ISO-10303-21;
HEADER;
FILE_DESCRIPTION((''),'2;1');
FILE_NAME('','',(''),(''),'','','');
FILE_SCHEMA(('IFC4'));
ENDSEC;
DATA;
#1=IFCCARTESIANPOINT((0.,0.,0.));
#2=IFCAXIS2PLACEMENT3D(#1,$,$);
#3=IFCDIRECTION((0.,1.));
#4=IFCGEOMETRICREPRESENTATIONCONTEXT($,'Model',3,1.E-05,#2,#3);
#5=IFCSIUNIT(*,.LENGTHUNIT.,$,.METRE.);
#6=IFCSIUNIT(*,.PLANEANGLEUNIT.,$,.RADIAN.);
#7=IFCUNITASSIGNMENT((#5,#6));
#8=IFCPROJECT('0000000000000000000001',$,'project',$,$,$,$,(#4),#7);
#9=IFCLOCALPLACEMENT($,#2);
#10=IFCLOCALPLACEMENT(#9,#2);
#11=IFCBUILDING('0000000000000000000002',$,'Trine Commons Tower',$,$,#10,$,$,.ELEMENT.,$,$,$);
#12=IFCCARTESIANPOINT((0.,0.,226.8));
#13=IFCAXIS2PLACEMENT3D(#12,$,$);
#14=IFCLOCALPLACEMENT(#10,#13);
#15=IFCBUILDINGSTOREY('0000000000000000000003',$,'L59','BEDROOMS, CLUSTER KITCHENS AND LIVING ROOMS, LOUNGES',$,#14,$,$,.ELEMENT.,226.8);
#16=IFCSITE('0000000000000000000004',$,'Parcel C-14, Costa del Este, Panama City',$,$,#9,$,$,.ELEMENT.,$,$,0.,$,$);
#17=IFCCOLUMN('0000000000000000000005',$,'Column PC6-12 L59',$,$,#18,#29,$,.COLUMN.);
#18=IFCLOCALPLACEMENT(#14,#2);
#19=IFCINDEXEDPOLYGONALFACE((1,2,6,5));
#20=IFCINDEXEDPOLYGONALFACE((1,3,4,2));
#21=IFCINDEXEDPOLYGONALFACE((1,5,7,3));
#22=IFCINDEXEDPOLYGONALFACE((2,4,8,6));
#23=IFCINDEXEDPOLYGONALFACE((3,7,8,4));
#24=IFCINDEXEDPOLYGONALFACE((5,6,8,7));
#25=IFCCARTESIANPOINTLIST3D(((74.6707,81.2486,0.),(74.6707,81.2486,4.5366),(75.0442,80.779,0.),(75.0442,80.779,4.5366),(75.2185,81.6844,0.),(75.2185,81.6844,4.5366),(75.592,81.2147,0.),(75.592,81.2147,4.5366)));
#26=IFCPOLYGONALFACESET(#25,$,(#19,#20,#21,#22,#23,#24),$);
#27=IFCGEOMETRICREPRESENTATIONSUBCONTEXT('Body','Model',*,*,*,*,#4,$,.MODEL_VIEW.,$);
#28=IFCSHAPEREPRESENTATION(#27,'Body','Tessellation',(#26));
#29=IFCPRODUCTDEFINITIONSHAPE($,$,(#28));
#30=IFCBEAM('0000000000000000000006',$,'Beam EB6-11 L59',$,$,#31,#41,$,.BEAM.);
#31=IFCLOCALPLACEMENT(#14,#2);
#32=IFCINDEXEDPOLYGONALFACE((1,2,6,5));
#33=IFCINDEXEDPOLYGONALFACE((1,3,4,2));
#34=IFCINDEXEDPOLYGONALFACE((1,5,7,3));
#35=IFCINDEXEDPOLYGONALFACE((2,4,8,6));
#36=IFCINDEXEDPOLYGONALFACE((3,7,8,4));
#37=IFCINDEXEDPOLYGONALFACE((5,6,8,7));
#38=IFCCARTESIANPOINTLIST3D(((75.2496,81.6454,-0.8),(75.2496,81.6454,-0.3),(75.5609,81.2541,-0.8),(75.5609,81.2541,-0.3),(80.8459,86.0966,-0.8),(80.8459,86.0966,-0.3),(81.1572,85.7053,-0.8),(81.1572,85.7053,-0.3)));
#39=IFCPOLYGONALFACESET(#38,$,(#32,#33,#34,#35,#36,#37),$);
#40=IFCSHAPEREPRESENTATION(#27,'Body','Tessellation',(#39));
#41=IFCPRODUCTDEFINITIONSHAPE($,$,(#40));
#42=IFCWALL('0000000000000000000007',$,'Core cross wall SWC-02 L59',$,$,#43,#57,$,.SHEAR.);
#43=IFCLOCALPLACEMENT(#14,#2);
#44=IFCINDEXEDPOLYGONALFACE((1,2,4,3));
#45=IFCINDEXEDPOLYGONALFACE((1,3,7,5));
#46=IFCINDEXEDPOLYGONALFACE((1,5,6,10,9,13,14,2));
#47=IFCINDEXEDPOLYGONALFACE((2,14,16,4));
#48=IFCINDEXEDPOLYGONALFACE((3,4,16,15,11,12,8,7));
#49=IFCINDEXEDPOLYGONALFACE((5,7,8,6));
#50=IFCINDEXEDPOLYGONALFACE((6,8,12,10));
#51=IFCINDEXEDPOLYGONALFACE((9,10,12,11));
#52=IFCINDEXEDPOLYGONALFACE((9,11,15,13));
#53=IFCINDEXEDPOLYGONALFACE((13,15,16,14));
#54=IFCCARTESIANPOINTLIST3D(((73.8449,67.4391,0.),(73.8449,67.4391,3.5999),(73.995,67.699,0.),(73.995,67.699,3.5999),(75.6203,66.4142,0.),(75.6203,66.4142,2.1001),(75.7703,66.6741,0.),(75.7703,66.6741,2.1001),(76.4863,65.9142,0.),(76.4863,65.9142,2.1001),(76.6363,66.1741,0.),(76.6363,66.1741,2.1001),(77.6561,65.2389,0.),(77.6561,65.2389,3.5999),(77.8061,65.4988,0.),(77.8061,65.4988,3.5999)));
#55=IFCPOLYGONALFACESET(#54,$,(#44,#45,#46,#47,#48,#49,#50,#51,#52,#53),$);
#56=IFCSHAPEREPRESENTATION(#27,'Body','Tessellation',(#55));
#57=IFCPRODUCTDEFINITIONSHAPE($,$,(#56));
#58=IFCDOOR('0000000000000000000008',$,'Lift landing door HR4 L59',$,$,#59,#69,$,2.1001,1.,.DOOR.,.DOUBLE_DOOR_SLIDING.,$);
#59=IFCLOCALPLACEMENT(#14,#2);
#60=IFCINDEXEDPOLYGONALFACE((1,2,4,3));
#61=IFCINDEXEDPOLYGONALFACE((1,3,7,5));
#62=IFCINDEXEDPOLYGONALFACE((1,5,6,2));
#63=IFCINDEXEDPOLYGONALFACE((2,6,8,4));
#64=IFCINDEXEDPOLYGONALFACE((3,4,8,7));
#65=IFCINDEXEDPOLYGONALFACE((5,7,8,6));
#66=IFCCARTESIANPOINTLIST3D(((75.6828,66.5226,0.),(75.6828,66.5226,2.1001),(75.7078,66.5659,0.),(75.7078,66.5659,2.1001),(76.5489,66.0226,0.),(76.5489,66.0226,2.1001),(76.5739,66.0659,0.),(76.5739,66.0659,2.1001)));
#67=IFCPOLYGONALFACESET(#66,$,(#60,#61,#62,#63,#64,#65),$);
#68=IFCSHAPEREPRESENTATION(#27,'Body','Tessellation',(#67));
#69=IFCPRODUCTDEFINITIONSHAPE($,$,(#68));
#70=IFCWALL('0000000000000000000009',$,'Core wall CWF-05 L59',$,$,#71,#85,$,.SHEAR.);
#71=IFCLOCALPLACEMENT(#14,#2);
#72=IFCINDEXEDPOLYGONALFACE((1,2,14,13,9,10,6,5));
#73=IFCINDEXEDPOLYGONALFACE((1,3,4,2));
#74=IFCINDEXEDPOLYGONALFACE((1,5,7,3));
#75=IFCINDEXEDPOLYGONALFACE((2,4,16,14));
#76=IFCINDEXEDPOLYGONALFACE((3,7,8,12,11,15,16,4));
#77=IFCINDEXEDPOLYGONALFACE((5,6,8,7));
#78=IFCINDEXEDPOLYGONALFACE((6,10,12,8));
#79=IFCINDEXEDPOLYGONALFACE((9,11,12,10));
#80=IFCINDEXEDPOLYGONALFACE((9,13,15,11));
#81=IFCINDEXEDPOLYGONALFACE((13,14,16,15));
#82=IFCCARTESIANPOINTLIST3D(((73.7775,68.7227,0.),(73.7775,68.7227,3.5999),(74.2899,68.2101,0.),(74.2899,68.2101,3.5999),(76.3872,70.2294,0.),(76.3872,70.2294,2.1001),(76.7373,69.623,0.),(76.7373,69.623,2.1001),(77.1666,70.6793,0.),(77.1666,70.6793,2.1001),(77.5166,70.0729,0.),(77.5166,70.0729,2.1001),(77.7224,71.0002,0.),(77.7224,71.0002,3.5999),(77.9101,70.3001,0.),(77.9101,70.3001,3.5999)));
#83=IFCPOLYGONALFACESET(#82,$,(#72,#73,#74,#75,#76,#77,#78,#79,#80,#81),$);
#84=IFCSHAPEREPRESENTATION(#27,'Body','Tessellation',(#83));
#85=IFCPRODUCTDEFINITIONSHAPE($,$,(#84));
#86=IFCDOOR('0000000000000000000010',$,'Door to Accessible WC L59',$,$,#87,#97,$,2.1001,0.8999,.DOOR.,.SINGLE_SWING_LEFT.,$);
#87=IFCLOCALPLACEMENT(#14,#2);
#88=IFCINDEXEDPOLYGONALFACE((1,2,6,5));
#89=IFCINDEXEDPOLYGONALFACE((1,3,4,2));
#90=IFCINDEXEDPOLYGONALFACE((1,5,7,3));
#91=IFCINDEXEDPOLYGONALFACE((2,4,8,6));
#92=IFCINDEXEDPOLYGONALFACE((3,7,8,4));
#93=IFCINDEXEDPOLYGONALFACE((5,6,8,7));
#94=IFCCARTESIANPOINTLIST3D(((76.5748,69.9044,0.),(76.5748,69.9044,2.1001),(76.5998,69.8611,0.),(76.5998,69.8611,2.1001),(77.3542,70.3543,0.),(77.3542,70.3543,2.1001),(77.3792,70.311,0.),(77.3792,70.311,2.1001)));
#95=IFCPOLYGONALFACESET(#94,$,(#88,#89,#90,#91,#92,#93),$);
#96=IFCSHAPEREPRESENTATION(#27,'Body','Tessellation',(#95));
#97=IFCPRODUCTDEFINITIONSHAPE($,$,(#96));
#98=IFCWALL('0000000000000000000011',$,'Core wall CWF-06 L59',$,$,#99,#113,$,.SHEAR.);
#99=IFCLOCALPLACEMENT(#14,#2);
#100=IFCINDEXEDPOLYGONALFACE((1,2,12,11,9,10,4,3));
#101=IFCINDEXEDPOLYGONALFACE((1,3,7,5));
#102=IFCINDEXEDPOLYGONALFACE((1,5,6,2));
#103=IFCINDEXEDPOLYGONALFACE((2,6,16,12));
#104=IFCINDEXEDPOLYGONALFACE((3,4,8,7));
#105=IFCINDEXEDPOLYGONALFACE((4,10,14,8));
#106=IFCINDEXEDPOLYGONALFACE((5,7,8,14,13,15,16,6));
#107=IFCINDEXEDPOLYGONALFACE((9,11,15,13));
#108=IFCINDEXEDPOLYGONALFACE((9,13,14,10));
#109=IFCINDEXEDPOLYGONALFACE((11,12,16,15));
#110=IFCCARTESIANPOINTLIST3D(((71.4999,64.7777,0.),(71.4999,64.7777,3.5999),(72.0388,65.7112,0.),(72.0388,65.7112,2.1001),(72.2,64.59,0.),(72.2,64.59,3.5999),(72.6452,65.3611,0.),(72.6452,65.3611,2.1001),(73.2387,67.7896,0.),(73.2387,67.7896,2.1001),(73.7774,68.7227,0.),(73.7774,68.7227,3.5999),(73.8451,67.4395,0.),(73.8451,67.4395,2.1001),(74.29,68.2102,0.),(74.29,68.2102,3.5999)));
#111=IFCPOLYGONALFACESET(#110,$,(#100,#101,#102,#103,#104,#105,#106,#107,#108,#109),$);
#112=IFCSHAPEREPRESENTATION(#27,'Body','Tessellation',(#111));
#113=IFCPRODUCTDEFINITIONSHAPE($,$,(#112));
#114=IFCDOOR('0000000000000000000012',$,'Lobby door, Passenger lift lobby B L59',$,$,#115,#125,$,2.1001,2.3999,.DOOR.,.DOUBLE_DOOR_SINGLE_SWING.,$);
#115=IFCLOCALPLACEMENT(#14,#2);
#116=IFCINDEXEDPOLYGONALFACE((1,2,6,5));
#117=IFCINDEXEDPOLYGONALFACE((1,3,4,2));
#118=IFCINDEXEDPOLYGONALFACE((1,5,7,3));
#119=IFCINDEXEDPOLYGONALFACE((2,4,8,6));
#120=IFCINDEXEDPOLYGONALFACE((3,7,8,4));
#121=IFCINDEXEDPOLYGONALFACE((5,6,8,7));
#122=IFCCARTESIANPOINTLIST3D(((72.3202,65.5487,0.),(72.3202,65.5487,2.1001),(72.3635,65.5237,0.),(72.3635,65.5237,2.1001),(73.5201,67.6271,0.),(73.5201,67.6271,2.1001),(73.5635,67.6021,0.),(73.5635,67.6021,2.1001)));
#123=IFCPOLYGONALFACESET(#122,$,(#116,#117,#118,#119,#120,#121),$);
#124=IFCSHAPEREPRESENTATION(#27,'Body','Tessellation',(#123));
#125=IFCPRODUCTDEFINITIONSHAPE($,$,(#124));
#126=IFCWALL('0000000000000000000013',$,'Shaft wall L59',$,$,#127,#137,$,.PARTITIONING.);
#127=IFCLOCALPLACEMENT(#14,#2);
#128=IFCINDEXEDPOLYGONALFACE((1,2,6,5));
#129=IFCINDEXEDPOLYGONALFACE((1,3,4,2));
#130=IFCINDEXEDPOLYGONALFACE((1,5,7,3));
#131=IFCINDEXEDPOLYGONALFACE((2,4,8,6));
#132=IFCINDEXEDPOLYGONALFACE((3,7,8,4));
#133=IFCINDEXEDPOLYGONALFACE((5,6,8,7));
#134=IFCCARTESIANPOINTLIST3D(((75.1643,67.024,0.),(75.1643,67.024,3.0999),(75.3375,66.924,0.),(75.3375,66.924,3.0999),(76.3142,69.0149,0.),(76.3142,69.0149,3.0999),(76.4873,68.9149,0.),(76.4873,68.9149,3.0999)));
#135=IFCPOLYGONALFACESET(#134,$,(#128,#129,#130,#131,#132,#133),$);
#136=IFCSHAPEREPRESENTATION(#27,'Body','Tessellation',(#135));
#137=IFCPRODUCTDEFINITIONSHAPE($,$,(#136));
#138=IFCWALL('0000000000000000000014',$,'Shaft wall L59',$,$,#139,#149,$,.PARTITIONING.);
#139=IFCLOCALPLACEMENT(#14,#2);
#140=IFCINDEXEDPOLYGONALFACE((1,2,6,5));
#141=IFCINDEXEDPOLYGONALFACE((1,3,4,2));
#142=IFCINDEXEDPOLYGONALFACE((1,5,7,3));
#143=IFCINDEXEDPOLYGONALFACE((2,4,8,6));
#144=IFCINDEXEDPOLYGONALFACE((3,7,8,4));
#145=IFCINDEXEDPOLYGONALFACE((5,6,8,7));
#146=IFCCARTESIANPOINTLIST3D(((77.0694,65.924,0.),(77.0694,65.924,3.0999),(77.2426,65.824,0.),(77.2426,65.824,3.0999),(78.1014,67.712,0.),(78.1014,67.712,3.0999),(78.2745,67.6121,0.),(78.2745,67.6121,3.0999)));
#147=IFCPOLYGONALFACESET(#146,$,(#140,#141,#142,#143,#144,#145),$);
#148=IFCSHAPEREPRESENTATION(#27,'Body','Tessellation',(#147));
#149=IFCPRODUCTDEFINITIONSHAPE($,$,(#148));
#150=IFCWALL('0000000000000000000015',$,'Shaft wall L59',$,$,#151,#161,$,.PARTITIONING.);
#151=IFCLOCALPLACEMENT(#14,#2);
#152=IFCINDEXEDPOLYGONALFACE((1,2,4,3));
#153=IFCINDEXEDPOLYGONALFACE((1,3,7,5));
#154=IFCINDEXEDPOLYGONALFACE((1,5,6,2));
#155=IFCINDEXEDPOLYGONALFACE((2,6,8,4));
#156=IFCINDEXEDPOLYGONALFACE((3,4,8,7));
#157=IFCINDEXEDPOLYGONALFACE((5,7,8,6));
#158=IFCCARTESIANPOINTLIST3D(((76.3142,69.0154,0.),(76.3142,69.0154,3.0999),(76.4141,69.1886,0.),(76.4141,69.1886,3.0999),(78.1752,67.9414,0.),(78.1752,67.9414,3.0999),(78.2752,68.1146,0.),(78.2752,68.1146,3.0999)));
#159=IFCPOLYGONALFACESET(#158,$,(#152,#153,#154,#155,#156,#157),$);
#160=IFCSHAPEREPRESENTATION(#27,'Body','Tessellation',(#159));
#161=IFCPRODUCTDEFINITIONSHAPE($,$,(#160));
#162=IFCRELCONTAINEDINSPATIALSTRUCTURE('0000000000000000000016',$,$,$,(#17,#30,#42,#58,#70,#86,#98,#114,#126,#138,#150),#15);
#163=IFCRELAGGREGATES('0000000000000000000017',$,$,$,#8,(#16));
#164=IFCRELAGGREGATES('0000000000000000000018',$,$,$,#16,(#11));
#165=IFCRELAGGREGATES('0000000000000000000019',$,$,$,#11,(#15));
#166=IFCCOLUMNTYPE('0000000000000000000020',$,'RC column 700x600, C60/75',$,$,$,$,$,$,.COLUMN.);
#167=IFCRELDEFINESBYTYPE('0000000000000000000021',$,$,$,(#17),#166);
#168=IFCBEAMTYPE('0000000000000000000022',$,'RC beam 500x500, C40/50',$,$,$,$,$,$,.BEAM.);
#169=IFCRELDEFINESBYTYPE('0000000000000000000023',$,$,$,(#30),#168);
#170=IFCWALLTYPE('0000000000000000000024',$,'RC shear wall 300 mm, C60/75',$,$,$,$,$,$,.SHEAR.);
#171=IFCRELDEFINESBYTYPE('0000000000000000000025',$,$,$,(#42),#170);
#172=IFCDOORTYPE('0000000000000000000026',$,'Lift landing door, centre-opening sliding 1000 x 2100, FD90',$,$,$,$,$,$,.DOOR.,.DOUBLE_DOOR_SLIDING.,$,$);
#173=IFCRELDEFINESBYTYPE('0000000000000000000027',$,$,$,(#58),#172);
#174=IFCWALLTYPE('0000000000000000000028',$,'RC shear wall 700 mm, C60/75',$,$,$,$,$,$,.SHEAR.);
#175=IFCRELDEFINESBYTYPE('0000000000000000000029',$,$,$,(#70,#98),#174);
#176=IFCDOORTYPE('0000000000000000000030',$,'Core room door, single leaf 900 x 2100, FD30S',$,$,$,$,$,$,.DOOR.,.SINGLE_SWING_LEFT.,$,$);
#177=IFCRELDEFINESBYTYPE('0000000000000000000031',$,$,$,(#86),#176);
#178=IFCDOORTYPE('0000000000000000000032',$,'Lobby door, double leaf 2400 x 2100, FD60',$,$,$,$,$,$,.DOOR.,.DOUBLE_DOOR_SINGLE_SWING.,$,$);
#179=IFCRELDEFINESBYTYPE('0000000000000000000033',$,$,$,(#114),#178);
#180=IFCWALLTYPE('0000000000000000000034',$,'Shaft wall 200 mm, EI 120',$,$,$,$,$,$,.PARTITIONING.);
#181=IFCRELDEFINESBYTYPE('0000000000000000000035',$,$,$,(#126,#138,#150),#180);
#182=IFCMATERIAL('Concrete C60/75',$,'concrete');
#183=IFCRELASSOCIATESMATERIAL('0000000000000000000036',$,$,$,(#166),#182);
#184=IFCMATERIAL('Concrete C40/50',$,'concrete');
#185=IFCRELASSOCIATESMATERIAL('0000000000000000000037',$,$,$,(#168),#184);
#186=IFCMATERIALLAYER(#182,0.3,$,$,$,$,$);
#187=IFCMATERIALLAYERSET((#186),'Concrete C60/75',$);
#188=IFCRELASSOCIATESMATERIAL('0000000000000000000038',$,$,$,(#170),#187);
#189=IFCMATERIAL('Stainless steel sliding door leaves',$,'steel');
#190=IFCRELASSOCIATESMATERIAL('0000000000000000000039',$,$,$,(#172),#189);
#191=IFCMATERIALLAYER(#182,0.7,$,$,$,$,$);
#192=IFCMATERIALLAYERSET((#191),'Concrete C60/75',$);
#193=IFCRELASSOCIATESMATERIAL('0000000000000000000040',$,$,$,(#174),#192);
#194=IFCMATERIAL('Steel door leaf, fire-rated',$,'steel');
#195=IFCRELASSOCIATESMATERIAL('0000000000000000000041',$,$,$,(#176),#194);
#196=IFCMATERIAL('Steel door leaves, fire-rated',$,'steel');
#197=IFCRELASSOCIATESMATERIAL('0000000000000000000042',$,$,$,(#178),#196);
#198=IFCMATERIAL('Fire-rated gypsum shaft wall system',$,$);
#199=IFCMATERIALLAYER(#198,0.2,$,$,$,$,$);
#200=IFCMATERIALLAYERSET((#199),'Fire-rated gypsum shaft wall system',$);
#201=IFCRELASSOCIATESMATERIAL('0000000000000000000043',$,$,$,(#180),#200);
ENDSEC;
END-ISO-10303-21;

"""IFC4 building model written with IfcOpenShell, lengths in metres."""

from ifc_helpers import new_model, si_unit, direction, frame, frame_2d, origin, origin_2d, place, context, subcontext, project, spatial, polyline, rectangle, outline, extrude, material, layer, layer_set, material_profile, profile_set, type_object, element, fill, save


model = new_model("IFC4")

# Units and contexts
model_context = context("Model", 3, precision=1e-05, world=origin(), true_north=direction((0.0, 1.0)))
body_context = subcontext(model_context, "Body", "Model", "MODEL_VIEW")
ifc_project = project(units=[si_unit("LENGTHUNIT", "METRE"), si_unit("PLANEANGLEUNIT", "RADIAN")], contexts=[model_context])

# Site, building, storey
site_placement = place(None, origin())
site = spatial("IfcSite", under=ifc_project, at=site_placement, Name="Parcel C-14, Costa del Este, Panama City", CompositionType="ELEMENT", RefElevation=0.0)
building_placement = place(site_placement, origin())
building = spatial("IfcBuilding", under=site, at=building_placement, Name="Trine Commons Tower", CompositionType="ELEMENT")
storey_placement = place(building_placement, frame((0.0, 0.0, 226.8)))
storey = spatial("IfcBuildingStorey", under=building, at=storey_placement, Name="L59", Description="BEDROOMS, CLUSTER KITCHENS AND LIVING ROOMS, LOUNGES", CompositionType="ELEMENT", Elevation=226.8)

# Column
ifc_material_1 = material(Name="Concrete C60/75", Category="concrete")
ifc_material_profile_1 = material_profile(ifc_material_1, rectangle(XDim=0.7, YDim=0.6001, at=origin_2d()), Name="RC 700x600")
ifc_profile_set_1 = profile_set([ifc_material_profile_1], Name="Concrete C60/75")
column_type = type_object("IfcColumnType", Name="RC column 700x600, C60/75", PredefinedType="COLUMN", material=ifc_profile_set_1)
column_placement = place(storey_placement, frame((75.1313, 81.2317, 0.0), z_axis=(0.0, 0.0, 1.0), x_axis=(0.782608, 0.622515, 0.0)))
element("IfcColumn", 1, at=column_placement, inside=storey, type_object=column_type, Name="Column PC6-12 L59", PredefinedType="COLUMN", context=body_context, shape_type="SweptSolid", body=[
    extrude(rectangle(XDim=0.7, YDim=0.6001, at=origin_2d()), origin(), (0.0, 0.0, 1.0), 4.5366),
])

# Beam
ifc_material_2 = material(Name="Concrete C40/50", Category="concrete")
ifc_material_profile_2 = material_profile(ifc_material_2, rectangle(XDim=0.5, YDim=0.5, at=origin_2d()), Name="RC 500x500")
ifc_profile_set_2 = profile_set([ifc_material_profile_2], Name="Concrete C40/50")
beam_type = type_object("IfcBeamType", Name="RC beam 500x500, C40/50", PredefinedType="BEAM", material=ifc_profile_set_2)
beam_placement = place(storey_placement, frame((75.4053, 81.4497, -0.55), z_axis=(0.782624, 0.622494, 0.0), x_axis=(-0.622494, 0.782624, 0.0)))
element("IfcBeam", 2, at=beam_placement, inside=storey, type_object=beam_type, Name="Beam EB6-11 L59", PredefinedType="BEAM", context=body_context, shape_type="SweptSolid", body=[
    extrude(rectangle(XDim=0.5, YDim=0.5, at=origin_2d()), origin(), (0.0, 0.0, 1.0), 7.1506),
])

# Walls, openings, doors
ifc_layer_1 = layer(ifc_material_1, 0.3)
ifc_layer_set_1 = layer_set([ifc_layer_1], Name="Concrete C60/75")
wall_type_1 = type_object("IfcWallType", Name="RC shear wall 300 mm, C60/75", PredefinedType="SHEAR", material=ifc_layer_set_1)
wall_1_placement = place(storey_placement, frame((77.731, 65.3689, 0.0), z_axis=(0.0, 0.0, 1.0), x_axis=(-0.866036, 0.499982, 0.0)))
wall_1 = element("IfcWall", 3, at=wall_1_placement, inside=storey, type_object=wall_type_1, Name="Core cross wall SWC-02 L59", PredefinedType="SHEAR", context=body_context, shape_type="SweptSolid", body=[
    extrude(rectangle(XDim=4.4006, YDim=0.3, at=frame_2d((2.2002, 0.0))), origin(), (0.0, 0.0, 1.0), 3.5999),
])
opening_1_placement = place(wall_1_placement, frame((1.3506, 0.0, 0.0)))
opening_1 = element("IfcOpeningElement", 4, at=opening_1_placement, cuts=wall_1, PredefinedType="OPENING", context=body_context, shape_type="SweptSolid", body=[
    extrude(rectangle(XDim=1.0, YDim=2.1001, at=frame_2d((0.5, 1.05))), frame((0.0, 0.1599, 0.0), z_axis=(0.0, -1.0, 0.0), x_axis=(1.0, 0.0, 0.0)), (0.0, 0.0, 1.0), 0.3201),
])
ifc_material_3 = material(Name="Stainless steel sliding door leaves", Category="steel")
door_type_1 = type_object("IfcDoorType", Name="Lift landing door, centre-opening sliding 1000 x 2100, FD90", OperationType="DOUBLE_DOOR_SLIDING", PredefinedType="DOOR", material=ifc_material_3)
door_1_placement = place(opening_1_placement, origin())
door_1 = element("IfcDoor", 5, at=door_1_placement, inside=storey, type_object=door_type_1, Name="Lift landing door HR4 L59", OperationType="DOUBLE_DOOR_SLIDING", OverallHeight=2.1001, OverallWidth=1.0, PredefinedType="DOOR", context=body_context, shape_type="SweptSolid", body=[
    extrude(rectangle(XDim=1.0, YDim=2.1001, at=frame_2d((0.5, 1.05))), frame((0.0, 0.0249, 0.0), z_axis=(0.0, -1.0, 0.0), x_axis=(1.0, 0.0, 0.0)), (0.0, 0.0, 1.0), 0.05),
])
fill(opening_1, door_1)
ifc_layer_2 = layer(ifc_material_1, 0.7)
ifc_layer_set_2 = layer_set([ifc_layer_2], Name="Concrete C60/75")
wall_type_2 = type_object("IfcWallType", Name="RC shear wall 700 mm, C60/75", PredefinedType="SHEAR", material=ifc_layer_set_2)
wall_2_placement = place(storey_placement, frame((77.8975, 70.697, 0.0), z_axis=(0.0, 0.0, 1.0), x_axis=(-0.866035, -0.499984, 0.0)))
wall_2 = element("IfcWall", 6, at=wall_2_placement, inside=storey, type_object=wall_type_2, Name="Core wall CWF-05 L59", PredefinedType="SHEAR", context=body_context, shape_type="SweptSolid", body=[
    extrude(outline(polyline([(0.0, -0.3501), (4.5552, -0.3501), (4.3677, 0.3501), (0.1875, 0.3501), (0.0, -0.3501)])), origin(), (0.0, 0.0, 1.0), 3.5999),
])
opening_2_placement = place(wall_2_placement, frame((0.6418, 0.0, 0.0)))
opening_2 = element("IfcOpeningElement", 7, at=opening_2_placement, cuts=wall_2, PredefinedType="OPENING", context=body_context, shape_type="SweptSolid", body=[
    extrude(rectangle(XDim=0.8999, YDim=2.1001, at=frame_2d((0.45, 1.05))), frame((0.0, 0.3599, 0.0), z_axis=(0.0, -1.0, 0.0), x_axis=(1.0, 0.0, 0.0)), (0.0, 0.0, 1.0), 0.72),
])
ifc_material_4 = material(Name="Steel door leaf, fire-rated", Category="steel")
door_type_2 = type_object("IfcDoorType", Name="Core room door, single leaf 900 x 2100, FD30S", OperationType="SINGLE_SWING_LEFT", PredefinedType="DOOR", material=ifc_material_4)
door_2_placement = place(opening_2_placement, origin())
door_2 = element("IfcDoor", 8, at=door_2_placement, inside=storey, type_object=door_type_2, Name="Door to Accessible WC L59", OperationType="SINGLE_SWING_LEFT", OverallHeight=2.1001, OverallWidth=0.8999, PredefinedType="DOOR", context=body_context, shape_type="SweptSolid", body=[
    extrude(rectangle(XDim=0.8999, YDim=2.1001, at=frame_2d((0.45, 1.05))), frame((0.0, 0.0752, 0.0), z_axis=(0.0, -1.0, 0.0), x_axis=(1.0, 0.0, 0.0)), (0.0, 0.0, 1.0), 0.05),
])
fill(opening_2, door_2)
wall_3_placement = place(storey_placement, frame((74.0806, 68.5476, 0.0), z_axis=(0.0, 0.0, 1.0), x_axis=(-0.499984, -0.866035, 0.0)))
wall_3 = element("IfcWall", 9, at=wall_3_placement, inside=storey, type_object=wall_type_2, Name="Core wall CWF-06 L59", PredefinedType="SHEAR", context=body_context, shape_type="SweptSolid", body=[
    extrude(outline(polyline([(0.0, -0.3501), (4.5552, -0.3501), (4.3677, 0.3501), (0.1875, 0.3501), (0.0, -0.3501)])), origin(), (0.0, 0.0, 1.0), 3.5999),
])
opening_3_placement = place(wall_3_placement, frame((1.0774, 0.0, 0.0)))
opening_3 = element("IfcOpeningElement", 10, at=opening_3_placement, cuts=wall_3, PredefinedType="OPENING", context=body_context, shape_type="SweptSolid", body=[
    extrude(rectangle(XDim=2.3999, YDim=2.1001, at=frame_2d((1.2, 1.05))), frame((0.0, 0.3599, 0.0), z_axis=(0.0, -1.0, 0.0), x_axis=(1.0, 0.0, 0.0)), (0.0, 0.0, 1.0), 0.72),
])
ifc_material_5 = material(Name="Steel door leaves, fire-rated", Category="steel")
door_type_3 = type_object("IfcDoorType", Name="Lobby door, double leaf 2400 x 2100, FD60", OperationType="DOUBLE_DOOR_SINGLE_SWING", PredefinedType="DOOR", material=ifc_material_5)
door_3_placement = place(opening_3_placement, origin())
door_3 = element("IfcDoor", 11, at=door_3_placement, inside=storey, type_object=door_type_3, Name="Lobby door, Passenger lift lobby B L59", OperationType="DOUBLE_DOOR_SINGLE_SWING", OverallHeight=2.1001, OverallWidth=2.3999, PredefinedType="DOOR", context=body_context, shape_type="SweptSolid", body=[
    extrude(rectangle(XDim=2.3999, YDim=2.1001, at=frame_2d((1.2, 1.05))), frame((0.0, 0.0249, 0.0), z_axis=(0.0, -1.0, 0.0), x_axis=(1.0, 0.0, 0.0)), (0.0, 0.0, 1.0), 0.05),
])
fill(opening_3, door_3)

# Walls
ifc_material_6 = material(Name="Fire-rated gypsum shaft wall system")
ifc_layer_3 = layer(ifc_material_6, 0.2)
ifc_layer_set_3 = layer_set([ifc_layer_3], Name="Fire-rated gypsum shaft wall system")
wall_type_3 = type_object("IfcWallType", Name="Shaft wall 200 mm, EI 120", PredefinedType="PARTITIONING", material=ifc_layer_set_3)
wall_4_placement = place(storey_placement, frame((75.251, 66.9741, 0.0), z_axis=(0.0, 0.0, 1.0), x_axis=(0.500136, 0.865947, 0.0)))
element("IfcWall", 12, at=wall_4_placement, inside=storey, type_object=wall_type_3, Name="Shaft wall L59", PredefinedType="PARTITIONING", context=body_context, shape_type="SweptSolid", body=[
    extrude(rectangle(XDim=2.2991, YDim=0.2, at=frame_2d((1.1494, 0.0))), origin(), (0.0, 0.0, 1.0), 3.0999),
])
wall_5_placement = place(storey_placement, frame((77.156, 65.874, 0.0), z_axis=(0.0, 0.0, 1.0), x_axis=(0.499866, 0.866103, 0.0)))
element("IfcWall", 13, at=wall_5_placement, inside=storey, type_object=wall_type_3, Name="Shaft wall L59", PredefinedType="PARTITIONING", context=body_context, shape_type="SweptSolid", body=[
    extrude(rectangle(XDim=2.0645, YDim=0.2, at=frame_2d((1.0322, 0.0))), origin(), (0.0, 0.0, 1.0), 3.0999),
])
wall_6_placement = place(storey_placement, frame((78.2251, 68.0281, 0.0), z_axis=(0.0, 0.0, 1.0), x_axis=(-0.866131, 0.499818, 0.0)))
element("IfcWall", 14, at=wall_6_placement, inside=storey, type_object=wall_type_3, Name="Shaft wall L59", PredefinedType="PARTITIONING", context=body_context, shape_type="SweptSolid", body=[
    extrude(rectangle(XDim=2.1487, YDim=0.2, at=frame_2d((1.0742, 0.0))), origin(), (0.0, 0.0, 1.0), 3.0999),
])

save(model, "model.ifc")
